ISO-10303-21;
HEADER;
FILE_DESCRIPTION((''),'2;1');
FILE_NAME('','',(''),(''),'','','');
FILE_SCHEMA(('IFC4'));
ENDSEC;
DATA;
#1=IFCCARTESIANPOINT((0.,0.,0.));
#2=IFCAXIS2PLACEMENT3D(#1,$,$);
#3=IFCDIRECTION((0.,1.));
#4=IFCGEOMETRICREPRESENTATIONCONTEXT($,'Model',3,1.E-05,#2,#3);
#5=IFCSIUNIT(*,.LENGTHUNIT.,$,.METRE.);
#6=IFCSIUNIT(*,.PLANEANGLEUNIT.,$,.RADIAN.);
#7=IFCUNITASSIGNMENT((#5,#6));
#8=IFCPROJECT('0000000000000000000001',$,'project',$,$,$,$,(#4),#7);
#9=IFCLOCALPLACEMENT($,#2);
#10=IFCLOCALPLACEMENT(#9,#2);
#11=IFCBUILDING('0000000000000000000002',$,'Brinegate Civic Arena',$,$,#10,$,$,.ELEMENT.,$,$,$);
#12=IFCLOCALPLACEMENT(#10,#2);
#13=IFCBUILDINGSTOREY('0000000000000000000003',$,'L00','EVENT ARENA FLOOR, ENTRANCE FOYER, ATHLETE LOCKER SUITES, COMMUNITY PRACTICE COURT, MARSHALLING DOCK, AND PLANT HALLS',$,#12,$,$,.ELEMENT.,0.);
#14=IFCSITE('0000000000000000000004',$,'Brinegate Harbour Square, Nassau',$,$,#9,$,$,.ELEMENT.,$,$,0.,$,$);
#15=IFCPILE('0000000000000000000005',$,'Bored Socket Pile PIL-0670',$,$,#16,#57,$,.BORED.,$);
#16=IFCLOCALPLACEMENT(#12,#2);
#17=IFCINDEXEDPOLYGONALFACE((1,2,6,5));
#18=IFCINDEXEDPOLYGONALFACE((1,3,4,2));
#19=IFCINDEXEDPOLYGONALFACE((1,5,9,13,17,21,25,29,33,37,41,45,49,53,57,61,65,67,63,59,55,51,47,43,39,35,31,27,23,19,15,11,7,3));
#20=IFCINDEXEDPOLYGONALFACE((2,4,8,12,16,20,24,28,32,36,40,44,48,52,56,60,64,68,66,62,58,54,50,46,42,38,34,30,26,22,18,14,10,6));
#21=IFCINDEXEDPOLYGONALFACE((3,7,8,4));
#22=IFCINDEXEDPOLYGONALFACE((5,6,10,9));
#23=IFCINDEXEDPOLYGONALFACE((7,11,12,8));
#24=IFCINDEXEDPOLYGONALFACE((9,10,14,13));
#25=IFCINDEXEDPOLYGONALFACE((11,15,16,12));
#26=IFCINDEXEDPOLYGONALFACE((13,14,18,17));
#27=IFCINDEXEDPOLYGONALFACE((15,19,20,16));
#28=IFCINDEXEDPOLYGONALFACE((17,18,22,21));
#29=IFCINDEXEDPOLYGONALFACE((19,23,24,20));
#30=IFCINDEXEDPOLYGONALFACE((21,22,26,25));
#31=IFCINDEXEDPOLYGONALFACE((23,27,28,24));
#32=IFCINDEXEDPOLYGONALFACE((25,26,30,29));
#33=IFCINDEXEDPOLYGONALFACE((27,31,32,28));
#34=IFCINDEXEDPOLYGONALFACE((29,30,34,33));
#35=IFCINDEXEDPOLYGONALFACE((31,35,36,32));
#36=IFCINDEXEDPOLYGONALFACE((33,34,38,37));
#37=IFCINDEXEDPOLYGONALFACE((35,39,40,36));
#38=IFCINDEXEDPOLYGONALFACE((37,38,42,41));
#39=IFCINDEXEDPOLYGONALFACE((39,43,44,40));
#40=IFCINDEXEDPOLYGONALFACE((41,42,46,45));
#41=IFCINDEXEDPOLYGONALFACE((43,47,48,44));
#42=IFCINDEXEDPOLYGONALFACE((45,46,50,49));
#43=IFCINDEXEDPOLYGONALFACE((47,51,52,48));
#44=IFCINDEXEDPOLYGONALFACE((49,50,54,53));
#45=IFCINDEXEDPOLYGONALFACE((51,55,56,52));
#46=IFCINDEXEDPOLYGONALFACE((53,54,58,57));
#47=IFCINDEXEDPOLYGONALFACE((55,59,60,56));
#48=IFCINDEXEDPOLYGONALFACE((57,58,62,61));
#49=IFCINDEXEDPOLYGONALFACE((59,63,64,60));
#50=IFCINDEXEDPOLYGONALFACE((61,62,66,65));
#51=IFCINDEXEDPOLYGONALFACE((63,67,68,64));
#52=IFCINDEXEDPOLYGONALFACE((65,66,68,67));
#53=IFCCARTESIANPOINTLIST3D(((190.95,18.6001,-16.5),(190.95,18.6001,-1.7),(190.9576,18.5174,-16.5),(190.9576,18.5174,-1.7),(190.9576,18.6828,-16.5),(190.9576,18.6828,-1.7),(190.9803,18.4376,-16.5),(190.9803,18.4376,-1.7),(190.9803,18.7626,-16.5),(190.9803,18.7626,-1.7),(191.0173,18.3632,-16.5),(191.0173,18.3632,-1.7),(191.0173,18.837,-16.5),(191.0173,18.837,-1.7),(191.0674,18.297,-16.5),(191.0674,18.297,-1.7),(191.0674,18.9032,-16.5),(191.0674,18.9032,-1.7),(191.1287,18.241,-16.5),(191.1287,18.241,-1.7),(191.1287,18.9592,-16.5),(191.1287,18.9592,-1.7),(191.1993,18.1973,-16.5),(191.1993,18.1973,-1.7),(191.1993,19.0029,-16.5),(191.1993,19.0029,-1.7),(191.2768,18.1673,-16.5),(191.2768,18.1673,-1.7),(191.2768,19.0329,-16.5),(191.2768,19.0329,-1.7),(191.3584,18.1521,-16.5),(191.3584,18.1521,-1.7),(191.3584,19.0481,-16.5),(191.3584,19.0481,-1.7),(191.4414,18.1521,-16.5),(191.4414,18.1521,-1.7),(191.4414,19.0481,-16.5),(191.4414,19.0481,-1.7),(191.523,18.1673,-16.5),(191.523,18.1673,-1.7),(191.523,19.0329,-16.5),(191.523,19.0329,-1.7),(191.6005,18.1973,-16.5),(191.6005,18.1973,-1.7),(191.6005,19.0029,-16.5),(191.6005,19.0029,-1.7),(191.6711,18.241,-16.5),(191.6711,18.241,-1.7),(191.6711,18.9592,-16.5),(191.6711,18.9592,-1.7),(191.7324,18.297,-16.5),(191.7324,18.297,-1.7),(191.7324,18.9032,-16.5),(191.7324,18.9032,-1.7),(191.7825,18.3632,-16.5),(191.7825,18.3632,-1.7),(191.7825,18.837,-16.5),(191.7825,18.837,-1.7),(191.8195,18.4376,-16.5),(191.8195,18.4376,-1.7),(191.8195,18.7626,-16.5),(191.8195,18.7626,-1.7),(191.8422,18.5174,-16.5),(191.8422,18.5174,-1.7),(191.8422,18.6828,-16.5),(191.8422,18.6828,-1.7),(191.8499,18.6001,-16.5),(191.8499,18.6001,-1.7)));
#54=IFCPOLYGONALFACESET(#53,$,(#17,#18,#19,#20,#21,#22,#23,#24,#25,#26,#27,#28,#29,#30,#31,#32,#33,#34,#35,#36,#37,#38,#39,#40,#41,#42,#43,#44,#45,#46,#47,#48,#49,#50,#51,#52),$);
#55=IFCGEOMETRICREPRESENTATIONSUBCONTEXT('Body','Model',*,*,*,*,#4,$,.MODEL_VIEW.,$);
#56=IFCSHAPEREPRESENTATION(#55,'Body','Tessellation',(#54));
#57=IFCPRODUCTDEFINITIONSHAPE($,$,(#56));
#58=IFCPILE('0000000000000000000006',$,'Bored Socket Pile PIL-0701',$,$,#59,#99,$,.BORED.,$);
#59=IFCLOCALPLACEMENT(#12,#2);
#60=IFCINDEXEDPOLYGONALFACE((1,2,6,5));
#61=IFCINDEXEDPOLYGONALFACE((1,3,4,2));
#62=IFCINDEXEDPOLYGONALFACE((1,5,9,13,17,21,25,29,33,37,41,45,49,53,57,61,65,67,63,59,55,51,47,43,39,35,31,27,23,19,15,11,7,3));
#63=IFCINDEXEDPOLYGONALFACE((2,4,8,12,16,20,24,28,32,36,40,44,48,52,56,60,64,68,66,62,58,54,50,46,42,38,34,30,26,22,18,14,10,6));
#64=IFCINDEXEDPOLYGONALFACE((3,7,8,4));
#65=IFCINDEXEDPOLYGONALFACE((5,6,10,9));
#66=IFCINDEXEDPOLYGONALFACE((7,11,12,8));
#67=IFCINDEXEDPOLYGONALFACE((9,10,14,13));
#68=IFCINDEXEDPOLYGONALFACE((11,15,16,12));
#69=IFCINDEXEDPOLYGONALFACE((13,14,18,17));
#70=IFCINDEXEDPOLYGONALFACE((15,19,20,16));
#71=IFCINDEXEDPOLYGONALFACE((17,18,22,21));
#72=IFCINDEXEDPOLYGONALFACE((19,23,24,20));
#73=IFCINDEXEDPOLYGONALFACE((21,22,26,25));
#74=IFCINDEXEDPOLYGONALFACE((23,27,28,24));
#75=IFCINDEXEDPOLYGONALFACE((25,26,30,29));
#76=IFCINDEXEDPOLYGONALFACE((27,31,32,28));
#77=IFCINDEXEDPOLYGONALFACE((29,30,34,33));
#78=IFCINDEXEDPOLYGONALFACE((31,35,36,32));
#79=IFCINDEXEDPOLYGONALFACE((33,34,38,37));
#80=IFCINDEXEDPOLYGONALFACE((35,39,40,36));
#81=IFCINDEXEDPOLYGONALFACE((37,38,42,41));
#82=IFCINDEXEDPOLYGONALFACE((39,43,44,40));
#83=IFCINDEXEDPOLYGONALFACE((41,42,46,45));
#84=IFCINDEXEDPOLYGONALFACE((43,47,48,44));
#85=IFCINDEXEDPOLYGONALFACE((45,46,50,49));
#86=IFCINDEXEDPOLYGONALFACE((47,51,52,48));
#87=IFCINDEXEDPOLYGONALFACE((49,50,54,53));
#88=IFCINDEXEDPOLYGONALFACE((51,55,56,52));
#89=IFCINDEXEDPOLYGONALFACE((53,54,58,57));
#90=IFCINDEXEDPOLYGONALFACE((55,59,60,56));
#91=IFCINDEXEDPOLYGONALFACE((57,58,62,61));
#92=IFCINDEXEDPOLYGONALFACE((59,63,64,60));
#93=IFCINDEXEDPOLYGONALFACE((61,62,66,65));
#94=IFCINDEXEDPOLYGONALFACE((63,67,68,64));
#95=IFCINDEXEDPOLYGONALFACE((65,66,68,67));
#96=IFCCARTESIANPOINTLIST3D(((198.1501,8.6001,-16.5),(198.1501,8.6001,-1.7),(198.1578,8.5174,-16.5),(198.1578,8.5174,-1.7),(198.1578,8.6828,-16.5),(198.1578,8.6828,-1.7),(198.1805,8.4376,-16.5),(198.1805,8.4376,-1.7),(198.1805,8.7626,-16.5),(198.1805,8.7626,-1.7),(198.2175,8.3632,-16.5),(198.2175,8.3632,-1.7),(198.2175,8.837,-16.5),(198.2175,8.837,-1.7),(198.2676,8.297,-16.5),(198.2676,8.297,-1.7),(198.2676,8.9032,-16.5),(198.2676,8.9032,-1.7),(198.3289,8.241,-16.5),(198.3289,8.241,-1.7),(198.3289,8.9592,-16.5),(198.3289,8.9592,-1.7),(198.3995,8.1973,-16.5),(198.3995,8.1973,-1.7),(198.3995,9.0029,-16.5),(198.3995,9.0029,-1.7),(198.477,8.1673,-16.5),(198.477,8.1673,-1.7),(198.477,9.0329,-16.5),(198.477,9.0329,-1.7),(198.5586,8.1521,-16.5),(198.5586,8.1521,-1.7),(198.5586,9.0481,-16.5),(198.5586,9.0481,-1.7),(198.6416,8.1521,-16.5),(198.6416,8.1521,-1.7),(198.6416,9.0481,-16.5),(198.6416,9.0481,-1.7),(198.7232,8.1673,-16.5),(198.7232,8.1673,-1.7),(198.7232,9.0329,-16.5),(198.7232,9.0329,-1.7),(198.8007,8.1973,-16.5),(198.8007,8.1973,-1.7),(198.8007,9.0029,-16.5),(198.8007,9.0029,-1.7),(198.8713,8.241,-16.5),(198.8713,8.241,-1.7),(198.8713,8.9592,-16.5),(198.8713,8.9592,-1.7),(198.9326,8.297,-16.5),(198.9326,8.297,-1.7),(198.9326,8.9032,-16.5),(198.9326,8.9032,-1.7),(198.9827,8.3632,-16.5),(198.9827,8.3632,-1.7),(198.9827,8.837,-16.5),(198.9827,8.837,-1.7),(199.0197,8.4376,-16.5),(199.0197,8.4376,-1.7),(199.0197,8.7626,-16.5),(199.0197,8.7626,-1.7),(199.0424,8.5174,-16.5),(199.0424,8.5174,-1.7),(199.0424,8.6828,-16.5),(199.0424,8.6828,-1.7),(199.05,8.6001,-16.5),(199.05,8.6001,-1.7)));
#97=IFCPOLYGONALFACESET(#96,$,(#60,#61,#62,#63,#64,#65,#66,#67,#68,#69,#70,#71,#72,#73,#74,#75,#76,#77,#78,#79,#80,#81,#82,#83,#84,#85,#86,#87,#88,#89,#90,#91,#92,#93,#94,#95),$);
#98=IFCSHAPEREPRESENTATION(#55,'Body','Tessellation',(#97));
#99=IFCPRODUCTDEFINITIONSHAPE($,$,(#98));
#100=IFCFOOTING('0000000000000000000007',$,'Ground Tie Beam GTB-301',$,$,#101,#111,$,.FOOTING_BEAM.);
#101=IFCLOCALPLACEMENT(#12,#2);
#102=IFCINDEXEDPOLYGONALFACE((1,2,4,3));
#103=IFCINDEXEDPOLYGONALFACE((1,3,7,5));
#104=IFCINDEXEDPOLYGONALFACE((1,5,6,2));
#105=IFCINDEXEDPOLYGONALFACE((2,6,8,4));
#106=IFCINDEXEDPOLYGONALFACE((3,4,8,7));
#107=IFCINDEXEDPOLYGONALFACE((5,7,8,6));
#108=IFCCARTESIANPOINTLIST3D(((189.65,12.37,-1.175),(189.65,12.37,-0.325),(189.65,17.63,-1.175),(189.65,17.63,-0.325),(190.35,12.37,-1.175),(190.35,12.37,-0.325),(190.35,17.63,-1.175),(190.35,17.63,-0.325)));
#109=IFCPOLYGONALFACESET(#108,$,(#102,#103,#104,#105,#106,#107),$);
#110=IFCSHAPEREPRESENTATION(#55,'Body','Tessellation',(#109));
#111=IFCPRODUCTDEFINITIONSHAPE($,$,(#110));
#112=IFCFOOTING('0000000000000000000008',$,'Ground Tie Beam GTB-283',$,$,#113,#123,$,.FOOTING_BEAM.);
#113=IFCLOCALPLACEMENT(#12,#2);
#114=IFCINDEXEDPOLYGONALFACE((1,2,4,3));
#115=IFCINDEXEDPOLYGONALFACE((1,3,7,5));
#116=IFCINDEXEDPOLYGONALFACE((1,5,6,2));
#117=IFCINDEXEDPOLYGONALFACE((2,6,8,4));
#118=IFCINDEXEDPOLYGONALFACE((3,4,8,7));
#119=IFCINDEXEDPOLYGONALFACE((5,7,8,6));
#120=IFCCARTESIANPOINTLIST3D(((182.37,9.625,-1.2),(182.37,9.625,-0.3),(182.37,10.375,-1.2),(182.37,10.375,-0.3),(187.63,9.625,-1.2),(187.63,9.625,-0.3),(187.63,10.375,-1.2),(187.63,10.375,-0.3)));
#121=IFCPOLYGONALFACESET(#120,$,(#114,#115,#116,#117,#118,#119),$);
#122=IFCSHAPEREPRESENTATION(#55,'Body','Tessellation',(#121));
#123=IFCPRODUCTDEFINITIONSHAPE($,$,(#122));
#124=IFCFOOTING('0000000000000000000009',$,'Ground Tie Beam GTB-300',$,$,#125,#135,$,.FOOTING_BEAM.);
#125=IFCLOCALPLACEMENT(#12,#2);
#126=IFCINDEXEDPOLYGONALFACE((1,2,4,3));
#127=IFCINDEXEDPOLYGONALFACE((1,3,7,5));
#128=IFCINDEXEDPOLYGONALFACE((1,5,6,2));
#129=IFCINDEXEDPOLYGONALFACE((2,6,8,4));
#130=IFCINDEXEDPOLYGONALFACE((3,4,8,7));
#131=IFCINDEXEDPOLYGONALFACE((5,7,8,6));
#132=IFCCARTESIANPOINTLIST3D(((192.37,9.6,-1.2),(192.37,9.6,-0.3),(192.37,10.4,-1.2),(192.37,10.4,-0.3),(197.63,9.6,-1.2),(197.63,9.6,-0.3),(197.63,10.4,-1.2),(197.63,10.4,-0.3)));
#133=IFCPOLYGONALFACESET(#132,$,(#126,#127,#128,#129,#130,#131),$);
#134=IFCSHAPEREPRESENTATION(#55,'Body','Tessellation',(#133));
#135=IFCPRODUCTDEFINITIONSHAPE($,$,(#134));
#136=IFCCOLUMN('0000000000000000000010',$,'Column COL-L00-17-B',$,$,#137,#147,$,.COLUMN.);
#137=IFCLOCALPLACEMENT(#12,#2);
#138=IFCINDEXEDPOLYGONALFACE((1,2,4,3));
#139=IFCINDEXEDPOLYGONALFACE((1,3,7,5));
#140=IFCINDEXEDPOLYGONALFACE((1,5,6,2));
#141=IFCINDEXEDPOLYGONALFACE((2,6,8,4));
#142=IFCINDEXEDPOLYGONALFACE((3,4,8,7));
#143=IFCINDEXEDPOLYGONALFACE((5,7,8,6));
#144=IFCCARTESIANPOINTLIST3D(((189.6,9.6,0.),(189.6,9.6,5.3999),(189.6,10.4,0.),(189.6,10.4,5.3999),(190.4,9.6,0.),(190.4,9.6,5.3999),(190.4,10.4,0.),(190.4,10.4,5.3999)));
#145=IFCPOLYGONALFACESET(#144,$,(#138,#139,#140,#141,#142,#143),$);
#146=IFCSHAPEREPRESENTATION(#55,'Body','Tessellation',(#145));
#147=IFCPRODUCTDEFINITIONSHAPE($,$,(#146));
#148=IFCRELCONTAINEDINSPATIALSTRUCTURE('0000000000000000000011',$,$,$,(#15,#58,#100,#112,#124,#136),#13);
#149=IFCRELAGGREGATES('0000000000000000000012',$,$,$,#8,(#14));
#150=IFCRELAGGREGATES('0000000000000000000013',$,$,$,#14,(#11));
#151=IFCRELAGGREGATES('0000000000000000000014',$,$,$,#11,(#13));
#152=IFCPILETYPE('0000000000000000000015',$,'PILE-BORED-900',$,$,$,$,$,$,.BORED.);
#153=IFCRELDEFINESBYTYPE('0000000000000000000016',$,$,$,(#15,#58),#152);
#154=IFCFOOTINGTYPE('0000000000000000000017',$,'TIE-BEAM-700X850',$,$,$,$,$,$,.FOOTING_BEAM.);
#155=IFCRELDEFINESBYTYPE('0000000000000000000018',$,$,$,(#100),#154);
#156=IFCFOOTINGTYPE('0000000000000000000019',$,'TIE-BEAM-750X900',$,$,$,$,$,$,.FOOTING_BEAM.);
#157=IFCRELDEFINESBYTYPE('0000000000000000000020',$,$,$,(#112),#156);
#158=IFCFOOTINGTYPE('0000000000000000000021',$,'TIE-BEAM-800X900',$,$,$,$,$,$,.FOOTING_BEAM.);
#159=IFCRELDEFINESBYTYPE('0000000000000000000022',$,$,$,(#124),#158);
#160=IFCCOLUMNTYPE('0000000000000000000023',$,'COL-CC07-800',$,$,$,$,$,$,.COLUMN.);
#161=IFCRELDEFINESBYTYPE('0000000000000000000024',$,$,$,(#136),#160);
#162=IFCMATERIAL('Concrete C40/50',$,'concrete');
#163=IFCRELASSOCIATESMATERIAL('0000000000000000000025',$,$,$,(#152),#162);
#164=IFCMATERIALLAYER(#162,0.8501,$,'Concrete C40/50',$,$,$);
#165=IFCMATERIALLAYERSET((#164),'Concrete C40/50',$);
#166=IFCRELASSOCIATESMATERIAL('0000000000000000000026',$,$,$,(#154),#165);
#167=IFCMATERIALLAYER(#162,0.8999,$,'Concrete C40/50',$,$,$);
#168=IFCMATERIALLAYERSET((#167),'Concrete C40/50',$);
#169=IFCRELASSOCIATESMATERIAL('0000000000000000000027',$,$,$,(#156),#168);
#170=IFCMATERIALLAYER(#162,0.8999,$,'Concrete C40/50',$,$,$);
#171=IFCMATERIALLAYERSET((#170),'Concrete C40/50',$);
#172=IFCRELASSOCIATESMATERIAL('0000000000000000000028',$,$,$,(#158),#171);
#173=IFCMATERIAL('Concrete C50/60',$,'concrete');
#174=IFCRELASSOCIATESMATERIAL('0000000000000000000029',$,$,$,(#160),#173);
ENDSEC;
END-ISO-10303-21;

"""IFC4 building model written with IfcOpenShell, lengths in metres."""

from ifc_helpers import new_model, si_unit, direction, frame, origin, origin_2d, place, context, subcontext, project, spatial, rectangle, circle, extrude, material, layer, layer_set, material_profile, profile_set, type_object, element, save


model = new_model("IFC4")

# Units and contexts
model_context = context("Model", 3, precision=1e-05, world=origin(), true_north=direction((0.0, 1.0)))
body_context = subcontext(model_context, "Body", "Model", "MODEL_VIEW")
ifc_project = project(units=[si_unit("LENGTHUNIT", "METRE"), si_unit("PLANEANGLEUNIT", "RADIAN")], contexts=[model_context])

# Site, building, storey
site_placement = place(None, origin())
site = spatial("IfcSite", under=ifc_project, at=site_placement, Name="Brinegate Harbour Square, Nassau", CompositionType="ELEMENT", RefElevation=0.0)
building_placement = place(site_placement, origin())
building = spatial("IfcBuilding", under=site, at=building_placement, Name="Brinegate Civic Arena", CompositionType="ELEMENT")
storey_placement = place(building_placement, origin())
storey = spatial("IfcBuildingStorey", under=building, at=storey_placement, Name="L00", Description="EVENT ARENA FLOOR, ENTRANCE FOYER, ATHLETE LOCKER SUITES, COMMUNITY PRACTICE COURT, MARSHALLING DOCK, AND PLANT HALLS", CompositionType="ELEMENT", Elevation=0.0)

# Shared definitions
ifc_material_1 = material(Name="Concrete C40/50", Category="concrete")

# Piles
ifc_material_profile_1 = material_profile(ifc_material_1, circle(Radius=0.45, at=origin_2d()), Name="PILED900")
ifc_profile_set_1 = profile_set([ifc_material_profile_1], Name="Concrete C40/50")
pile_type = type_object("IfcPileType", Name="PILE-BORED-900", PredefinedType="BORED", material=ifc_profile_set_1)
for number, where, z_axis, x_axis, name in (
    (1, (191.3999, 18.6001, -1.7), (0.0, 0.0, -1.0), (1.0, 0.0, 0.0), "Bored Socket Pile PIL-0670"),
    (2, (198.6001, 8.6001, -1.7), (0.0, 0.0, -1.0), (1.0, 0.0, 0.0), "Bored Socket Pile PIL-0701"),
):
    element("IfcPile", number, at=place(storey_placement, frame(where, z_axis=z_axis, x_axis=x_axis)), inside=storey, type_object=pile_type, Name=name, PredefinedType="BORED", context=body_context, shape_type="SweptSolid", body=[
        extrude(circle(Radius=0.45, at=origin_2d()), origin(), (0.0, 0.0, 1.0), 14.8),
    ])

# Footings
ifc_layer_1 = layer(ifc_material_1, 0.8501, Name="Concrete C40/50")
ifc_layer_set_1 = layer_set([ifc_layer_1], Name="Concrete C40/50")
footing_type_1 = type_object("IfcFootingType", Name="TIE-BEAM-700X850", PredefinedType="FOOTING_BEAM", material=ifc_layer_set_1)
footing_1_placement = place(storey_placement, frame((190.0, 15.0, -1.175), z_axis=(0.0, 0.0, 1.0), x_axis=(0.0, 1.0, 0.0)))
element("IfcFooting", 3, at=footing_1_placement, inside=storey, type_object=footing_type_1, Name="Ground Tie Beam GTB-301", PredefinedType="FOOTING_BEAM", context=body_context, shape_type="SweptSolid", body=[
    extrude(rectangle(XDim=5.26, YDim=0.7, at=origin_2d()), origin(), (0.0, 0.0, 1.0), 0.8501),
])
ifc_layer_2 = layer(ifc_material_1, 0.8999, Name="Concrete C40/50")
ifc_layer_set_2 = layer_set([ifc_layer_2], Name="Concrete C40/50")
footing_type_2 = type_object("IfcFootingType", Name="TIE-BEAM-750X900", PredefinedType="FOOTING_BEAM", material=ifc_layer_set_2)
footing_2_placement = place(storey_placement, frame((185.0, 10.0, -1.2), z_axis=(0.0, 0.0, 1.0), x_axis=(1.0, 0.0, 0.0)))
element("IfcFooting", 4, at=footing_2_placement, inside=storey, type_object=footing_type_2, Name="Ground Tie Beam GTB-283", PredefinedType="FOOTING_BEAM", context=body_context, shape_type="SweptSolid", body=[
    extrude(rectangle(XDim=5.26, YDim=0.75, at=origin_2d()), origin(), (0.0, 0.0, 1.0), 0.8999),
])
ifc_layer_3 = layer(ifc_material_1, 0.8999, Name="Concrete C40/50")
ifc_layer_set_3 = layer_set([ifc_layer_3], Name="Concrete C40/50")
footing_type_3 = type_object("IfcFootingType", Name="TIE-BEAM-800X900", PredefinedType="FOOTING_BEAM", material=ifc_layer_set_3)
footing_3_placement = place(storey_placement, frame((195.0, 10.0, -1.2), z_axis=(0.0, 0.0, 1.0), x_axis=(1.0, 0.0, 0.0)))
element("IfcFooting", 5, at=footing_3_placement, inside=storey, type_object=footing_type_3, Name="Ground Tie Beam GTB-300", PredefinedType="FOOTING_BEAM", context=body_context, shape_type="SweptSolid", body=[
    extrude(rectangle(XDim=5.26, YDim=0.8, at=origin_2d()), origin(), (0.0, 0.0, 1.0), 0.8999),
])

# Column
ifc_material_2 = material(Name="Concrete C50/60", Category="concrete")
ifc_material_profile_2 = material_profile(ifc_material_2, rectangle(XDim=0.8, YDim=0.8, at=origin_2d()), Name="RC800X800")
ifc_profile_set_2 = profile_set([ifc_material_profile_2], Name="Concrete C50/60")
column_type = type_object("IfcColumnType", Name="COL-CC07-800", PredefinedType="COLUMN", material=ifc_profile_set_2)
column_placement = place(storey_placement, frame((190.0, 10.0, 0.0), z_axis=(0.0, 0.0, 1.0), x_axis=(1.0, 0.0, 0.0)))
element("IfcColumn", 6, at=column_placement, inside=storey, type_object=column_type, Name="Column COL-L00-17-B", PredefinedType="COLUMN", context=body_context, shape_type="SweptSolid", body=[
    extrude(rectangle(XDim=0.8, YDim=0.8, at=origin_2d()), origin(), (0.0, 0.0, 1.0), 5.3999),
])

save(model, "model.ifc")
